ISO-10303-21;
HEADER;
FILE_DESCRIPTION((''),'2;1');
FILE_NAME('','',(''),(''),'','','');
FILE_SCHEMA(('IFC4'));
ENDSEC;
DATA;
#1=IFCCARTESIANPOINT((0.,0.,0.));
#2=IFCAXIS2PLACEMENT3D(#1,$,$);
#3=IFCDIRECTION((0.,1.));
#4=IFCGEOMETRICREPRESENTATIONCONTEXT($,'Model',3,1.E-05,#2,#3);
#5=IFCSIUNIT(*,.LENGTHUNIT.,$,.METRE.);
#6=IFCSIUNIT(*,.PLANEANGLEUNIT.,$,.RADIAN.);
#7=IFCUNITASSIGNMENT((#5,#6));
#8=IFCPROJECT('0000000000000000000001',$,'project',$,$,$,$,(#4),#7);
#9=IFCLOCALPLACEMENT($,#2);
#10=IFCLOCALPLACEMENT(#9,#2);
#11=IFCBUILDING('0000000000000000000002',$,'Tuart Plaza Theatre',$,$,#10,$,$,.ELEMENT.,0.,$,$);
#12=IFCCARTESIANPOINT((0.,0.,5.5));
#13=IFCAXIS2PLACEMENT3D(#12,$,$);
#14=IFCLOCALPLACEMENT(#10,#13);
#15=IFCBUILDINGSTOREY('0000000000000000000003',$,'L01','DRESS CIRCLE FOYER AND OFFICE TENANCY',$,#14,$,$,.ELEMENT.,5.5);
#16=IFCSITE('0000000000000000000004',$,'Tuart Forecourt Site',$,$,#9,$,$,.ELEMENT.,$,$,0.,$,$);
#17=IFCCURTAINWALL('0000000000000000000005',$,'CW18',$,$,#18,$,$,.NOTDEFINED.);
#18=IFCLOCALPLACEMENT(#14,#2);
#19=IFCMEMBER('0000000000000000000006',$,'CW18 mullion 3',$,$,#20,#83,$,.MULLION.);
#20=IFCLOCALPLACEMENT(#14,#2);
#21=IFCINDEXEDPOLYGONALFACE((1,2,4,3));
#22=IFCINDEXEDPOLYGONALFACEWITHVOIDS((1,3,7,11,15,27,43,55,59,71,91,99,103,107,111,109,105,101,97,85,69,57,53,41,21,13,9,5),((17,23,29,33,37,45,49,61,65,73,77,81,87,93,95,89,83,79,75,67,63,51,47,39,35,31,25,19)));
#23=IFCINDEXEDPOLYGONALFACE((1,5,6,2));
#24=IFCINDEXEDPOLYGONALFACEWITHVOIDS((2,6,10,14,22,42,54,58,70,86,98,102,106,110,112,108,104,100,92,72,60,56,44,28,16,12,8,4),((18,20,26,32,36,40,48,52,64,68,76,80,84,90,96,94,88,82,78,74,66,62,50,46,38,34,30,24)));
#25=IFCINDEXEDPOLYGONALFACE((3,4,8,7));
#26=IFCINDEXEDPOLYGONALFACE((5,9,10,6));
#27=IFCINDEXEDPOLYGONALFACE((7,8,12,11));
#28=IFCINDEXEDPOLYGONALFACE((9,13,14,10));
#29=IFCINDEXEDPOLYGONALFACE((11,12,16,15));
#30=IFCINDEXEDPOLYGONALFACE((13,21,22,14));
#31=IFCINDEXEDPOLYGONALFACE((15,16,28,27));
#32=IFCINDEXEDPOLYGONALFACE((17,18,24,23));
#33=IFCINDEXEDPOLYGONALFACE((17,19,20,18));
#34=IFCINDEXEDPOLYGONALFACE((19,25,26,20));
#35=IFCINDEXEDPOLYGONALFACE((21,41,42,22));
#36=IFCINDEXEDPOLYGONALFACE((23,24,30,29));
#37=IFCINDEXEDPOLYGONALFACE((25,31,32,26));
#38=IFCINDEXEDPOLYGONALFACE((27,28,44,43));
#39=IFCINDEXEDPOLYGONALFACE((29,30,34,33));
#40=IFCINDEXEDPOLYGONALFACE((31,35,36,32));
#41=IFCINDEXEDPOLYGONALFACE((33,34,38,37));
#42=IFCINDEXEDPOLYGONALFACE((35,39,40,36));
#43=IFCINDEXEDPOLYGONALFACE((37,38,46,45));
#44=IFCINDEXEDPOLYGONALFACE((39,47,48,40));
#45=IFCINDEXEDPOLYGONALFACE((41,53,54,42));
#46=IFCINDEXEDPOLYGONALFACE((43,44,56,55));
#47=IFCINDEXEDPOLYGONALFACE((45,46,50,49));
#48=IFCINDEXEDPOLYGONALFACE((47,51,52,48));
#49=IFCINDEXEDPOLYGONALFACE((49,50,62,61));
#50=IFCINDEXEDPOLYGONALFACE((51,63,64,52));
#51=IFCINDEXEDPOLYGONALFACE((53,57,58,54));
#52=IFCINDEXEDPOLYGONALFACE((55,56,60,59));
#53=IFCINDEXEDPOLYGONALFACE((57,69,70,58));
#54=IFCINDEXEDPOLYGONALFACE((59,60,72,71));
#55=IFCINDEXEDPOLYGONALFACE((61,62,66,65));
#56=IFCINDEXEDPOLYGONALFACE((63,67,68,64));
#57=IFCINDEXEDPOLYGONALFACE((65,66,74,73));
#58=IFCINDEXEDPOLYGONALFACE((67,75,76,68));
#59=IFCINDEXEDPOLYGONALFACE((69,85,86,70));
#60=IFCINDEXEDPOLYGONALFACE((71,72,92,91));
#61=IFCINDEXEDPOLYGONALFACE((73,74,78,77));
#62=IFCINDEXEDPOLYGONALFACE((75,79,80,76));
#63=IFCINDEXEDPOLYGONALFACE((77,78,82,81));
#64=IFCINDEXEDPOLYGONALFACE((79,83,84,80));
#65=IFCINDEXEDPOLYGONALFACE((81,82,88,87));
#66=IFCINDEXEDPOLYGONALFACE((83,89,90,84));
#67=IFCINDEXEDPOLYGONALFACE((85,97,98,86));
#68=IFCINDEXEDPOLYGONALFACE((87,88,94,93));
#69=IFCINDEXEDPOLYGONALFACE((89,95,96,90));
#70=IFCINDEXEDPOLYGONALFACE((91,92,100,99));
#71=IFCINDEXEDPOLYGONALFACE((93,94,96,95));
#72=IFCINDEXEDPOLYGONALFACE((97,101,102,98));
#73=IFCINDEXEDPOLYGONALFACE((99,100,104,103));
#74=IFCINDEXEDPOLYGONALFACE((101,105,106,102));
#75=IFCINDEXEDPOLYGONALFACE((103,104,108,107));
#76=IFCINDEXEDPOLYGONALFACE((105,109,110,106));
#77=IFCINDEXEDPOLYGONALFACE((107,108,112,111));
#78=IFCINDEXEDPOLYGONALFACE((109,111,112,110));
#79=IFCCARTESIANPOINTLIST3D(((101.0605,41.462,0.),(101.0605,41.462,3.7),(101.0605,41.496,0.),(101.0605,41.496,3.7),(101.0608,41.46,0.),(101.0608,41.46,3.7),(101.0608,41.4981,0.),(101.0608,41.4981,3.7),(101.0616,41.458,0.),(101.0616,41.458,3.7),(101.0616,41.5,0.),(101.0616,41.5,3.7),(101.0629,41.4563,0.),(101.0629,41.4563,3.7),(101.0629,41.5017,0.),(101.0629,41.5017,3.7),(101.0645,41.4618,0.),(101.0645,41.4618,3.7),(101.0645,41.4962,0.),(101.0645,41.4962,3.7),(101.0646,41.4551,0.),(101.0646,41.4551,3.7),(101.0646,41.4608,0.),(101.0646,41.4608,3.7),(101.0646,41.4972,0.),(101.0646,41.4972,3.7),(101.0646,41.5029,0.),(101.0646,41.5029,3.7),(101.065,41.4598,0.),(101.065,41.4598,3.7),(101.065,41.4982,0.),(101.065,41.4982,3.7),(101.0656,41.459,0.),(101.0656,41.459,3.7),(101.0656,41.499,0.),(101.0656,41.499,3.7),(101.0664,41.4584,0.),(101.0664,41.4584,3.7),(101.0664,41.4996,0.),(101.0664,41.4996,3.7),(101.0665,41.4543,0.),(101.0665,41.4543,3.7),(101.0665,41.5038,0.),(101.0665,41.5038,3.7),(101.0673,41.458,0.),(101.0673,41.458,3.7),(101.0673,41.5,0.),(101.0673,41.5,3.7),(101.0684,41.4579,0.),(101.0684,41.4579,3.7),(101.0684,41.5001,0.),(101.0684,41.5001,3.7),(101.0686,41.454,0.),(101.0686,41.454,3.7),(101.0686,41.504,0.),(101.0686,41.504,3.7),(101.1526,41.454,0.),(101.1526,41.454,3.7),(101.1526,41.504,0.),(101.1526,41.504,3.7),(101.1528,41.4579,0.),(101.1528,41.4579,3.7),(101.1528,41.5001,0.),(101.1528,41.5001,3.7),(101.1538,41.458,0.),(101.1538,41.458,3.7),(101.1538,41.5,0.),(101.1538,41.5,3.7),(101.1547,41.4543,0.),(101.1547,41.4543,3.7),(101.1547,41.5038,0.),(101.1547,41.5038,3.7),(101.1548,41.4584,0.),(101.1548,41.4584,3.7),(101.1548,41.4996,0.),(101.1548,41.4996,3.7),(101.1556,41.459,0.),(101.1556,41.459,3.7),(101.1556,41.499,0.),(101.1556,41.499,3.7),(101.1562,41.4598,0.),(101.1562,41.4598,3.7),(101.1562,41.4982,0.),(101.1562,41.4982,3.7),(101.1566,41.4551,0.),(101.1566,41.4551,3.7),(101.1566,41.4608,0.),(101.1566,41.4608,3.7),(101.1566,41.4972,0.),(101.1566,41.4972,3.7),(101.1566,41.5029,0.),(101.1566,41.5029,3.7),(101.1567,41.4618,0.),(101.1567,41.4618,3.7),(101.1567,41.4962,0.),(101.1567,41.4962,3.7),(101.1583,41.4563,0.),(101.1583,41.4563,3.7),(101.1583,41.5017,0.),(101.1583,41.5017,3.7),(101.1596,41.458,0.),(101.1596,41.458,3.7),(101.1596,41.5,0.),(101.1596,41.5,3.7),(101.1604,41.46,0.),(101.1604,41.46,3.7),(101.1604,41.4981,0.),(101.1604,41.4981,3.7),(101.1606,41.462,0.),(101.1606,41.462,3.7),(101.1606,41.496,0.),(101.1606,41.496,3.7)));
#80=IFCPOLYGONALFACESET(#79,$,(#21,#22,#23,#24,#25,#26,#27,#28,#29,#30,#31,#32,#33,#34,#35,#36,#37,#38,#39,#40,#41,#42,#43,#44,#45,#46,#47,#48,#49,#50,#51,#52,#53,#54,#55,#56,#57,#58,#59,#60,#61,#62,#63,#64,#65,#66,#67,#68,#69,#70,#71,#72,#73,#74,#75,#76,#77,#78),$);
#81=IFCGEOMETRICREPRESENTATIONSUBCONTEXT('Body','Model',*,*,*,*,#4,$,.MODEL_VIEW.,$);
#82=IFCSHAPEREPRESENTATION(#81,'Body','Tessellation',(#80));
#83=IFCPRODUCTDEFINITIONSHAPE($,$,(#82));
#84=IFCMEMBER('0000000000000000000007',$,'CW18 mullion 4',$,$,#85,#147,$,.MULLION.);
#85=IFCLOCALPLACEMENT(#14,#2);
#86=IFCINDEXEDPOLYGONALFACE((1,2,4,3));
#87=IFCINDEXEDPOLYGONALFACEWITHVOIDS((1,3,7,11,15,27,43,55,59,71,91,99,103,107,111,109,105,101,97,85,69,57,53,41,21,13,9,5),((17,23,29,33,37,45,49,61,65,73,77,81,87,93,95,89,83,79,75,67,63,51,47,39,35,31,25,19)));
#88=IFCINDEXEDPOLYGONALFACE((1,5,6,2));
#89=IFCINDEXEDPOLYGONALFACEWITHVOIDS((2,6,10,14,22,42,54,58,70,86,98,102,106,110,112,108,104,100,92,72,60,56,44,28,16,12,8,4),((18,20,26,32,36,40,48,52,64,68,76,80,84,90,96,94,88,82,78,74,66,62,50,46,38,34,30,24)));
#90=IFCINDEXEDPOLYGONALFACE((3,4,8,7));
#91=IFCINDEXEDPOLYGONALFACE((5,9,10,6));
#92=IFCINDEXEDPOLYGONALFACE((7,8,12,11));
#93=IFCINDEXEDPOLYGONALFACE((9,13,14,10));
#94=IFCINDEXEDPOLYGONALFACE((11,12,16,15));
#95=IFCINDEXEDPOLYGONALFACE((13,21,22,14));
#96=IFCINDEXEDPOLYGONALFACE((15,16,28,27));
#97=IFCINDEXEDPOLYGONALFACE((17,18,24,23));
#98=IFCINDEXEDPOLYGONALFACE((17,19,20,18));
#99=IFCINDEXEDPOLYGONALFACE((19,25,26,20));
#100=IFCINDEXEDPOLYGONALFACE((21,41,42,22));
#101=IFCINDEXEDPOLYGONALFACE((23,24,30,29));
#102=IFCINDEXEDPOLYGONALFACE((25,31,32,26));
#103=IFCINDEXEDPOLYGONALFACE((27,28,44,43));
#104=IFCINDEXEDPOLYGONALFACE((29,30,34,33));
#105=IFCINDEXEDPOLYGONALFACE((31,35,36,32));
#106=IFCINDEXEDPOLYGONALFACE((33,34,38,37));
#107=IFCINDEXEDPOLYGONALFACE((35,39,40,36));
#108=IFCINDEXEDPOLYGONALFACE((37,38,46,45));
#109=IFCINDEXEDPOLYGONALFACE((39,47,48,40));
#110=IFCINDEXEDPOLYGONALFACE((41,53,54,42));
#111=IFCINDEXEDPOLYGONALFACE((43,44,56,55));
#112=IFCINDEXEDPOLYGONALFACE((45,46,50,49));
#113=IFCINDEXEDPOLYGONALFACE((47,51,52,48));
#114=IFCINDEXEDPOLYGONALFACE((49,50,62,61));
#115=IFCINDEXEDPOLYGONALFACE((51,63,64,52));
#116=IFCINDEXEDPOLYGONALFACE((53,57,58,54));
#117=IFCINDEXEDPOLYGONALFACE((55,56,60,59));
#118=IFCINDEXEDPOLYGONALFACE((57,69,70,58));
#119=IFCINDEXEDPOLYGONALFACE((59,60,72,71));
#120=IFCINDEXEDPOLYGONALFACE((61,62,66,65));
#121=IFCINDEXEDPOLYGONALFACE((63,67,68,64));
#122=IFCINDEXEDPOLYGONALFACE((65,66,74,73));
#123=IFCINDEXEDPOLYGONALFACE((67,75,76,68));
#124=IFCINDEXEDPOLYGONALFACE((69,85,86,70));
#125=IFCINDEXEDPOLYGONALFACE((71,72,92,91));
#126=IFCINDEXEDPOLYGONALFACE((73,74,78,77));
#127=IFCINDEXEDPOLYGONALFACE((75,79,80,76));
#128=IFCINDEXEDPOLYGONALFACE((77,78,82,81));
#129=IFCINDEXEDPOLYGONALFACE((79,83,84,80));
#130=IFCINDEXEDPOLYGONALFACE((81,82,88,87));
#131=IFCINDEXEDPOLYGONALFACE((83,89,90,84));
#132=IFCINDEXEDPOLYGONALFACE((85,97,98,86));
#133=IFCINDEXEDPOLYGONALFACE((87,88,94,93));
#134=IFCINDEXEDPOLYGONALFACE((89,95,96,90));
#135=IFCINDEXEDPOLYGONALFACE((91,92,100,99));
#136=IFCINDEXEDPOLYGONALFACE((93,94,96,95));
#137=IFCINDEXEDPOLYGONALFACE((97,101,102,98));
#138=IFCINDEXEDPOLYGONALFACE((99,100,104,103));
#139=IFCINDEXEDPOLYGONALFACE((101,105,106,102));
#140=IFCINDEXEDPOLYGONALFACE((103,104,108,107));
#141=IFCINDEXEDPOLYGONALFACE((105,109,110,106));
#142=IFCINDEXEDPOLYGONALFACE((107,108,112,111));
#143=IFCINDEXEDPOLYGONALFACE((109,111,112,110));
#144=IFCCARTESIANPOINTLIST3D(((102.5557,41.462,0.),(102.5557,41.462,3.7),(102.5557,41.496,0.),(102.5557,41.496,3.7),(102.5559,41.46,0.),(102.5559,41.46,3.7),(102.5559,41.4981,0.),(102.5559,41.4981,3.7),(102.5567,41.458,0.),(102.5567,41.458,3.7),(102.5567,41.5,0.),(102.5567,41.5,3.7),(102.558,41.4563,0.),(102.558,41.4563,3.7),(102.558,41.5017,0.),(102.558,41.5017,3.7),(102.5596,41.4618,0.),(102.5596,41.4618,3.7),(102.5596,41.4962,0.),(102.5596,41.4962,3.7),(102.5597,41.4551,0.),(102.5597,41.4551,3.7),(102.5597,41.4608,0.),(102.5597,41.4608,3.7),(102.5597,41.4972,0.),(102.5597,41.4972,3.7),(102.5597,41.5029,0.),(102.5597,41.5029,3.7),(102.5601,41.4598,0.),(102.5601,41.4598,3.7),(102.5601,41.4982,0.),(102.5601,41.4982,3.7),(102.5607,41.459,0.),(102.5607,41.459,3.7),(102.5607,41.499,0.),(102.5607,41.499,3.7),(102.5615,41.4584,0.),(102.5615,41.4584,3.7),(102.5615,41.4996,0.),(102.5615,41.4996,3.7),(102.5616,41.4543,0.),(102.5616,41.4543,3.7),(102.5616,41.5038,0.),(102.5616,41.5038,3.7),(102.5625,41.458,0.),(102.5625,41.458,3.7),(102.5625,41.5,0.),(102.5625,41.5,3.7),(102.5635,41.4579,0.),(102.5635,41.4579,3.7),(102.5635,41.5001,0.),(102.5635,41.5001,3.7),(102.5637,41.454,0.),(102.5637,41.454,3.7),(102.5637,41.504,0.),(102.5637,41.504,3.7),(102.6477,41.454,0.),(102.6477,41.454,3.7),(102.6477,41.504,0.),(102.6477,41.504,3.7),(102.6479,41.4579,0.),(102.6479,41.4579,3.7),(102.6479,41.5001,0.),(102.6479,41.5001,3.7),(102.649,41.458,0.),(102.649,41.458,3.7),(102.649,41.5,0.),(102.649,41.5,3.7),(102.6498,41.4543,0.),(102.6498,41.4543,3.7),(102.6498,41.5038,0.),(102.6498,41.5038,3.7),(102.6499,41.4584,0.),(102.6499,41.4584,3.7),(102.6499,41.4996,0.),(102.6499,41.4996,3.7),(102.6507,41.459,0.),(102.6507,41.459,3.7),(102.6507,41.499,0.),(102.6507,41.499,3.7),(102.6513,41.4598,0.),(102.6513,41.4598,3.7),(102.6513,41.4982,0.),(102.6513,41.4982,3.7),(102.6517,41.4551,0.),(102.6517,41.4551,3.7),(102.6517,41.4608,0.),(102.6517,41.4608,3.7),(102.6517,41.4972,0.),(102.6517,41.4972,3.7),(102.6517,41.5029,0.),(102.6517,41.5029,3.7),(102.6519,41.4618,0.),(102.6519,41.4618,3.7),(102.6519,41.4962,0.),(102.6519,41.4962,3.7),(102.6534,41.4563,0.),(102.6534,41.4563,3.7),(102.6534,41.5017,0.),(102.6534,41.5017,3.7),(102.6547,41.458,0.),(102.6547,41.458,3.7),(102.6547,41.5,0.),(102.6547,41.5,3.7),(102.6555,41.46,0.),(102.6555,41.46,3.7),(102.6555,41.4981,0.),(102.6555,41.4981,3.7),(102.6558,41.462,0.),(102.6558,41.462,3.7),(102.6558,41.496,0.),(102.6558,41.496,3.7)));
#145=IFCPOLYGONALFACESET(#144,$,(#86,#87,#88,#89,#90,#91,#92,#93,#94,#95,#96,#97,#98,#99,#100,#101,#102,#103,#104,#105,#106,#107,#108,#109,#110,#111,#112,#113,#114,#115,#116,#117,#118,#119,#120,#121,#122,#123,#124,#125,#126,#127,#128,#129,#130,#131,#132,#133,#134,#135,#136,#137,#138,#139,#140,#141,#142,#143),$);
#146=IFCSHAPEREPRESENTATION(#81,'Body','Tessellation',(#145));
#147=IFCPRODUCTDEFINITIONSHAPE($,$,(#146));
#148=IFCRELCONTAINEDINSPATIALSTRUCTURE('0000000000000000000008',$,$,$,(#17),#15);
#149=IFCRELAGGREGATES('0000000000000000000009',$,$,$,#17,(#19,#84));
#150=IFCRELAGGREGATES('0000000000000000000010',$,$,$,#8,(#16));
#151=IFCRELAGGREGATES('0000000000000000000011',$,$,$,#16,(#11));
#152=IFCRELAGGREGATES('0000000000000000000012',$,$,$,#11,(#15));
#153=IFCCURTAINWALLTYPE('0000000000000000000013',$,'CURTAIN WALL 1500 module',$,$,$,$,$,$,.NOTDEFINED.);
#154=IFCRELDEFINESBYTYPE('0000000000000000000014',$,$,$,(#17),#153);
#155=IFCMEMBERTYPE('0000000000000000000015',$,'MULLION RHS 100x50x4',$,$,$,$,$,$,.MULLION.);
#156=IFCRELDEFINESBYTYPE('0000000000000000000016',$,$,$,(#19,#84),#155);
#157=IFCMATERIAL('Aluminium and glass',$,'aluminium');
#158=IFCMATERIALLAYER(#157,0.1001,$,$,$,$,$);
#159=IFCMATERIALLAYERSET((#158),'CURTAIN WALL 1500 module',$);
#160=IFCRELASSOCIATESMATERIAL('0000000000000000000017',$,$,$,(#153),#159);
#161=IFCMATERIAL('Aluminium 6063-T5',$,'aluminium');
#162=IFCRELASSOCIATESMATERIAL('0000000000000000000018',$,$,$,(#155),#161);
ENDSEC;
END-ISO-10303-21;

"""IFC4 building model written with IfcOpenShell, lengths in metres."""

from ifc_helpers import new_model, si_unit, direction, frame, origin, origin_2d, place, context, subcontext, project, spatial, hollow_rectangle, extrude, material, layer, layer_set, material_profile, profile_set, type_object, element, aggregate, save


model = new_model("IFC4")

# Units and contexts
model_context = context("Model", 3, precision=1e-05, world=origin(), true_north=direction((0.0, 1.0)))
body_context = subcontext(model_context, "Body", "Model", "MODEL_VIEW")
ifc_project = project(units=[si_unit("LENGTHUNIT", "METRE"), si_unit("PLANEANGLEUNIT", "RADIAN")], contexts=[model_context])

# Site, building, storey
site_placement = place(None, origin())
site = spatial("IfcSite", under=ifc_project, at=site_placement, Name="Tuart Forecourt Site", CompositionType="ELEMENT", RefElevation=0.0)
building_placement = place(site_placement, origin())
building = spatial("IfcBuilding", under=site, at=building_placement, Name="Tuart Plaza Theatre", CompositionType="ELEMENT", ElevationOfRefHeight=0.0)
storey_placement = place(building_placement, frame((0.0, 0.0, 5.5)))
storey = spatial("IfcBuildingStorey", under=building, at=storey_placement, Name="L01", Description="DRESS CIRCLE FOYER AND OFFICE TENANCY", CompositionType="ELEMENT", Elevation=5.5)

# Curtain wall, members
ifc_material_1 = material(Name="Aluminium and glass", Category="aluminium")
ifc_layer_1 = layer(ifc_material_1, 0.1001)
ifc_layer_set_1 = layer_set([ifc_layer_1], Name="CURTAIN WALL 1500 module")
curtain_wall_type = type_object("IfcCurtainWallType", Name="CURTAIN WALL 1500 module", PredefinedType="NOTDEFINED", material=ifc_layer_set_1)
curtain_wall_placement = place(storey_placement, origin())
curtain_wall = element("IfcCurtainWall", 1, at=curtain_wall_placement, inside=storey, type_object=curtain_wall_type, Name="CW18", PredefinedType="NOTDEFINED")
ifc_material_2 = material(Name="Aluminium 6063-T5", Category="aluminium")
ifc_material_profile_1 = material_profile(ifc_material_2, hollow_rectangle(XDim=0.05, YDim=0.1001, WallThickness=0.0039, InnerFilletRadius=0.0039, OuterFilletRadius=0.0081, at=origin_2d()), Name="RHS 100x50x4")
ifc_profile_set_1 = profile_set([ifc_material_profile_1], Name="Aluminium 6063-T5")
member_type_1 = type_object("IfcMemberType", Name="MULLION RHS 100x50x4", PredefinedType="MULLION", material=ifc_profile_set_1)
member_1_placement = place(storey_placement, frame((101.1106, 41.479, 0.0), z_axis=(0.0, 0.0, 1.0), x_axis=(0.0, 1.0, 0.0)))
member_1 = element("IfcMember", 2, at=member_1_placement, type_object=member_type_1, Name="CW18 mullion 3", PredefinedType="MULLION", context=body_context, shape_type="SweptSolid", body=[
    extrude(hollow_rectangle(XDim=0.05, YDim=0.1001, WallThickness=0.0039, InnerFilletRadius=0.0039, OuterFilletRadius=0.0081, at=origin_2d()), origin(), (0.0, 0.0, 1.0), 3.7),
])
member_2_placement = place(storey_placement, frame((102.6057, 41.479, 0.0), z_axis=(0.0, 0.0, 1.0), x_axis=(0.0, 1.0, 0.0)))
member_2 = element("IfcMember", 3, at=member_2_placement, type_object=member_type_1, Name="CW18 mullion 4", PredefinedType="MULLION", context=body_context, shape_type="SweptSolid", body=[
    extrude(hollow_rectangle(XDim=0.05, YDim=0.1001, WallThickness=0.0039, InnerFilletRadius=0.0039, OuterFilletRadius=0.0081, at=origin_2d()), origin(), (0.0, 0.0, 1.0), 3.7),
])
aggregate(curtain_wall, [member_1, member_2])

save(model, "model.ifc")
